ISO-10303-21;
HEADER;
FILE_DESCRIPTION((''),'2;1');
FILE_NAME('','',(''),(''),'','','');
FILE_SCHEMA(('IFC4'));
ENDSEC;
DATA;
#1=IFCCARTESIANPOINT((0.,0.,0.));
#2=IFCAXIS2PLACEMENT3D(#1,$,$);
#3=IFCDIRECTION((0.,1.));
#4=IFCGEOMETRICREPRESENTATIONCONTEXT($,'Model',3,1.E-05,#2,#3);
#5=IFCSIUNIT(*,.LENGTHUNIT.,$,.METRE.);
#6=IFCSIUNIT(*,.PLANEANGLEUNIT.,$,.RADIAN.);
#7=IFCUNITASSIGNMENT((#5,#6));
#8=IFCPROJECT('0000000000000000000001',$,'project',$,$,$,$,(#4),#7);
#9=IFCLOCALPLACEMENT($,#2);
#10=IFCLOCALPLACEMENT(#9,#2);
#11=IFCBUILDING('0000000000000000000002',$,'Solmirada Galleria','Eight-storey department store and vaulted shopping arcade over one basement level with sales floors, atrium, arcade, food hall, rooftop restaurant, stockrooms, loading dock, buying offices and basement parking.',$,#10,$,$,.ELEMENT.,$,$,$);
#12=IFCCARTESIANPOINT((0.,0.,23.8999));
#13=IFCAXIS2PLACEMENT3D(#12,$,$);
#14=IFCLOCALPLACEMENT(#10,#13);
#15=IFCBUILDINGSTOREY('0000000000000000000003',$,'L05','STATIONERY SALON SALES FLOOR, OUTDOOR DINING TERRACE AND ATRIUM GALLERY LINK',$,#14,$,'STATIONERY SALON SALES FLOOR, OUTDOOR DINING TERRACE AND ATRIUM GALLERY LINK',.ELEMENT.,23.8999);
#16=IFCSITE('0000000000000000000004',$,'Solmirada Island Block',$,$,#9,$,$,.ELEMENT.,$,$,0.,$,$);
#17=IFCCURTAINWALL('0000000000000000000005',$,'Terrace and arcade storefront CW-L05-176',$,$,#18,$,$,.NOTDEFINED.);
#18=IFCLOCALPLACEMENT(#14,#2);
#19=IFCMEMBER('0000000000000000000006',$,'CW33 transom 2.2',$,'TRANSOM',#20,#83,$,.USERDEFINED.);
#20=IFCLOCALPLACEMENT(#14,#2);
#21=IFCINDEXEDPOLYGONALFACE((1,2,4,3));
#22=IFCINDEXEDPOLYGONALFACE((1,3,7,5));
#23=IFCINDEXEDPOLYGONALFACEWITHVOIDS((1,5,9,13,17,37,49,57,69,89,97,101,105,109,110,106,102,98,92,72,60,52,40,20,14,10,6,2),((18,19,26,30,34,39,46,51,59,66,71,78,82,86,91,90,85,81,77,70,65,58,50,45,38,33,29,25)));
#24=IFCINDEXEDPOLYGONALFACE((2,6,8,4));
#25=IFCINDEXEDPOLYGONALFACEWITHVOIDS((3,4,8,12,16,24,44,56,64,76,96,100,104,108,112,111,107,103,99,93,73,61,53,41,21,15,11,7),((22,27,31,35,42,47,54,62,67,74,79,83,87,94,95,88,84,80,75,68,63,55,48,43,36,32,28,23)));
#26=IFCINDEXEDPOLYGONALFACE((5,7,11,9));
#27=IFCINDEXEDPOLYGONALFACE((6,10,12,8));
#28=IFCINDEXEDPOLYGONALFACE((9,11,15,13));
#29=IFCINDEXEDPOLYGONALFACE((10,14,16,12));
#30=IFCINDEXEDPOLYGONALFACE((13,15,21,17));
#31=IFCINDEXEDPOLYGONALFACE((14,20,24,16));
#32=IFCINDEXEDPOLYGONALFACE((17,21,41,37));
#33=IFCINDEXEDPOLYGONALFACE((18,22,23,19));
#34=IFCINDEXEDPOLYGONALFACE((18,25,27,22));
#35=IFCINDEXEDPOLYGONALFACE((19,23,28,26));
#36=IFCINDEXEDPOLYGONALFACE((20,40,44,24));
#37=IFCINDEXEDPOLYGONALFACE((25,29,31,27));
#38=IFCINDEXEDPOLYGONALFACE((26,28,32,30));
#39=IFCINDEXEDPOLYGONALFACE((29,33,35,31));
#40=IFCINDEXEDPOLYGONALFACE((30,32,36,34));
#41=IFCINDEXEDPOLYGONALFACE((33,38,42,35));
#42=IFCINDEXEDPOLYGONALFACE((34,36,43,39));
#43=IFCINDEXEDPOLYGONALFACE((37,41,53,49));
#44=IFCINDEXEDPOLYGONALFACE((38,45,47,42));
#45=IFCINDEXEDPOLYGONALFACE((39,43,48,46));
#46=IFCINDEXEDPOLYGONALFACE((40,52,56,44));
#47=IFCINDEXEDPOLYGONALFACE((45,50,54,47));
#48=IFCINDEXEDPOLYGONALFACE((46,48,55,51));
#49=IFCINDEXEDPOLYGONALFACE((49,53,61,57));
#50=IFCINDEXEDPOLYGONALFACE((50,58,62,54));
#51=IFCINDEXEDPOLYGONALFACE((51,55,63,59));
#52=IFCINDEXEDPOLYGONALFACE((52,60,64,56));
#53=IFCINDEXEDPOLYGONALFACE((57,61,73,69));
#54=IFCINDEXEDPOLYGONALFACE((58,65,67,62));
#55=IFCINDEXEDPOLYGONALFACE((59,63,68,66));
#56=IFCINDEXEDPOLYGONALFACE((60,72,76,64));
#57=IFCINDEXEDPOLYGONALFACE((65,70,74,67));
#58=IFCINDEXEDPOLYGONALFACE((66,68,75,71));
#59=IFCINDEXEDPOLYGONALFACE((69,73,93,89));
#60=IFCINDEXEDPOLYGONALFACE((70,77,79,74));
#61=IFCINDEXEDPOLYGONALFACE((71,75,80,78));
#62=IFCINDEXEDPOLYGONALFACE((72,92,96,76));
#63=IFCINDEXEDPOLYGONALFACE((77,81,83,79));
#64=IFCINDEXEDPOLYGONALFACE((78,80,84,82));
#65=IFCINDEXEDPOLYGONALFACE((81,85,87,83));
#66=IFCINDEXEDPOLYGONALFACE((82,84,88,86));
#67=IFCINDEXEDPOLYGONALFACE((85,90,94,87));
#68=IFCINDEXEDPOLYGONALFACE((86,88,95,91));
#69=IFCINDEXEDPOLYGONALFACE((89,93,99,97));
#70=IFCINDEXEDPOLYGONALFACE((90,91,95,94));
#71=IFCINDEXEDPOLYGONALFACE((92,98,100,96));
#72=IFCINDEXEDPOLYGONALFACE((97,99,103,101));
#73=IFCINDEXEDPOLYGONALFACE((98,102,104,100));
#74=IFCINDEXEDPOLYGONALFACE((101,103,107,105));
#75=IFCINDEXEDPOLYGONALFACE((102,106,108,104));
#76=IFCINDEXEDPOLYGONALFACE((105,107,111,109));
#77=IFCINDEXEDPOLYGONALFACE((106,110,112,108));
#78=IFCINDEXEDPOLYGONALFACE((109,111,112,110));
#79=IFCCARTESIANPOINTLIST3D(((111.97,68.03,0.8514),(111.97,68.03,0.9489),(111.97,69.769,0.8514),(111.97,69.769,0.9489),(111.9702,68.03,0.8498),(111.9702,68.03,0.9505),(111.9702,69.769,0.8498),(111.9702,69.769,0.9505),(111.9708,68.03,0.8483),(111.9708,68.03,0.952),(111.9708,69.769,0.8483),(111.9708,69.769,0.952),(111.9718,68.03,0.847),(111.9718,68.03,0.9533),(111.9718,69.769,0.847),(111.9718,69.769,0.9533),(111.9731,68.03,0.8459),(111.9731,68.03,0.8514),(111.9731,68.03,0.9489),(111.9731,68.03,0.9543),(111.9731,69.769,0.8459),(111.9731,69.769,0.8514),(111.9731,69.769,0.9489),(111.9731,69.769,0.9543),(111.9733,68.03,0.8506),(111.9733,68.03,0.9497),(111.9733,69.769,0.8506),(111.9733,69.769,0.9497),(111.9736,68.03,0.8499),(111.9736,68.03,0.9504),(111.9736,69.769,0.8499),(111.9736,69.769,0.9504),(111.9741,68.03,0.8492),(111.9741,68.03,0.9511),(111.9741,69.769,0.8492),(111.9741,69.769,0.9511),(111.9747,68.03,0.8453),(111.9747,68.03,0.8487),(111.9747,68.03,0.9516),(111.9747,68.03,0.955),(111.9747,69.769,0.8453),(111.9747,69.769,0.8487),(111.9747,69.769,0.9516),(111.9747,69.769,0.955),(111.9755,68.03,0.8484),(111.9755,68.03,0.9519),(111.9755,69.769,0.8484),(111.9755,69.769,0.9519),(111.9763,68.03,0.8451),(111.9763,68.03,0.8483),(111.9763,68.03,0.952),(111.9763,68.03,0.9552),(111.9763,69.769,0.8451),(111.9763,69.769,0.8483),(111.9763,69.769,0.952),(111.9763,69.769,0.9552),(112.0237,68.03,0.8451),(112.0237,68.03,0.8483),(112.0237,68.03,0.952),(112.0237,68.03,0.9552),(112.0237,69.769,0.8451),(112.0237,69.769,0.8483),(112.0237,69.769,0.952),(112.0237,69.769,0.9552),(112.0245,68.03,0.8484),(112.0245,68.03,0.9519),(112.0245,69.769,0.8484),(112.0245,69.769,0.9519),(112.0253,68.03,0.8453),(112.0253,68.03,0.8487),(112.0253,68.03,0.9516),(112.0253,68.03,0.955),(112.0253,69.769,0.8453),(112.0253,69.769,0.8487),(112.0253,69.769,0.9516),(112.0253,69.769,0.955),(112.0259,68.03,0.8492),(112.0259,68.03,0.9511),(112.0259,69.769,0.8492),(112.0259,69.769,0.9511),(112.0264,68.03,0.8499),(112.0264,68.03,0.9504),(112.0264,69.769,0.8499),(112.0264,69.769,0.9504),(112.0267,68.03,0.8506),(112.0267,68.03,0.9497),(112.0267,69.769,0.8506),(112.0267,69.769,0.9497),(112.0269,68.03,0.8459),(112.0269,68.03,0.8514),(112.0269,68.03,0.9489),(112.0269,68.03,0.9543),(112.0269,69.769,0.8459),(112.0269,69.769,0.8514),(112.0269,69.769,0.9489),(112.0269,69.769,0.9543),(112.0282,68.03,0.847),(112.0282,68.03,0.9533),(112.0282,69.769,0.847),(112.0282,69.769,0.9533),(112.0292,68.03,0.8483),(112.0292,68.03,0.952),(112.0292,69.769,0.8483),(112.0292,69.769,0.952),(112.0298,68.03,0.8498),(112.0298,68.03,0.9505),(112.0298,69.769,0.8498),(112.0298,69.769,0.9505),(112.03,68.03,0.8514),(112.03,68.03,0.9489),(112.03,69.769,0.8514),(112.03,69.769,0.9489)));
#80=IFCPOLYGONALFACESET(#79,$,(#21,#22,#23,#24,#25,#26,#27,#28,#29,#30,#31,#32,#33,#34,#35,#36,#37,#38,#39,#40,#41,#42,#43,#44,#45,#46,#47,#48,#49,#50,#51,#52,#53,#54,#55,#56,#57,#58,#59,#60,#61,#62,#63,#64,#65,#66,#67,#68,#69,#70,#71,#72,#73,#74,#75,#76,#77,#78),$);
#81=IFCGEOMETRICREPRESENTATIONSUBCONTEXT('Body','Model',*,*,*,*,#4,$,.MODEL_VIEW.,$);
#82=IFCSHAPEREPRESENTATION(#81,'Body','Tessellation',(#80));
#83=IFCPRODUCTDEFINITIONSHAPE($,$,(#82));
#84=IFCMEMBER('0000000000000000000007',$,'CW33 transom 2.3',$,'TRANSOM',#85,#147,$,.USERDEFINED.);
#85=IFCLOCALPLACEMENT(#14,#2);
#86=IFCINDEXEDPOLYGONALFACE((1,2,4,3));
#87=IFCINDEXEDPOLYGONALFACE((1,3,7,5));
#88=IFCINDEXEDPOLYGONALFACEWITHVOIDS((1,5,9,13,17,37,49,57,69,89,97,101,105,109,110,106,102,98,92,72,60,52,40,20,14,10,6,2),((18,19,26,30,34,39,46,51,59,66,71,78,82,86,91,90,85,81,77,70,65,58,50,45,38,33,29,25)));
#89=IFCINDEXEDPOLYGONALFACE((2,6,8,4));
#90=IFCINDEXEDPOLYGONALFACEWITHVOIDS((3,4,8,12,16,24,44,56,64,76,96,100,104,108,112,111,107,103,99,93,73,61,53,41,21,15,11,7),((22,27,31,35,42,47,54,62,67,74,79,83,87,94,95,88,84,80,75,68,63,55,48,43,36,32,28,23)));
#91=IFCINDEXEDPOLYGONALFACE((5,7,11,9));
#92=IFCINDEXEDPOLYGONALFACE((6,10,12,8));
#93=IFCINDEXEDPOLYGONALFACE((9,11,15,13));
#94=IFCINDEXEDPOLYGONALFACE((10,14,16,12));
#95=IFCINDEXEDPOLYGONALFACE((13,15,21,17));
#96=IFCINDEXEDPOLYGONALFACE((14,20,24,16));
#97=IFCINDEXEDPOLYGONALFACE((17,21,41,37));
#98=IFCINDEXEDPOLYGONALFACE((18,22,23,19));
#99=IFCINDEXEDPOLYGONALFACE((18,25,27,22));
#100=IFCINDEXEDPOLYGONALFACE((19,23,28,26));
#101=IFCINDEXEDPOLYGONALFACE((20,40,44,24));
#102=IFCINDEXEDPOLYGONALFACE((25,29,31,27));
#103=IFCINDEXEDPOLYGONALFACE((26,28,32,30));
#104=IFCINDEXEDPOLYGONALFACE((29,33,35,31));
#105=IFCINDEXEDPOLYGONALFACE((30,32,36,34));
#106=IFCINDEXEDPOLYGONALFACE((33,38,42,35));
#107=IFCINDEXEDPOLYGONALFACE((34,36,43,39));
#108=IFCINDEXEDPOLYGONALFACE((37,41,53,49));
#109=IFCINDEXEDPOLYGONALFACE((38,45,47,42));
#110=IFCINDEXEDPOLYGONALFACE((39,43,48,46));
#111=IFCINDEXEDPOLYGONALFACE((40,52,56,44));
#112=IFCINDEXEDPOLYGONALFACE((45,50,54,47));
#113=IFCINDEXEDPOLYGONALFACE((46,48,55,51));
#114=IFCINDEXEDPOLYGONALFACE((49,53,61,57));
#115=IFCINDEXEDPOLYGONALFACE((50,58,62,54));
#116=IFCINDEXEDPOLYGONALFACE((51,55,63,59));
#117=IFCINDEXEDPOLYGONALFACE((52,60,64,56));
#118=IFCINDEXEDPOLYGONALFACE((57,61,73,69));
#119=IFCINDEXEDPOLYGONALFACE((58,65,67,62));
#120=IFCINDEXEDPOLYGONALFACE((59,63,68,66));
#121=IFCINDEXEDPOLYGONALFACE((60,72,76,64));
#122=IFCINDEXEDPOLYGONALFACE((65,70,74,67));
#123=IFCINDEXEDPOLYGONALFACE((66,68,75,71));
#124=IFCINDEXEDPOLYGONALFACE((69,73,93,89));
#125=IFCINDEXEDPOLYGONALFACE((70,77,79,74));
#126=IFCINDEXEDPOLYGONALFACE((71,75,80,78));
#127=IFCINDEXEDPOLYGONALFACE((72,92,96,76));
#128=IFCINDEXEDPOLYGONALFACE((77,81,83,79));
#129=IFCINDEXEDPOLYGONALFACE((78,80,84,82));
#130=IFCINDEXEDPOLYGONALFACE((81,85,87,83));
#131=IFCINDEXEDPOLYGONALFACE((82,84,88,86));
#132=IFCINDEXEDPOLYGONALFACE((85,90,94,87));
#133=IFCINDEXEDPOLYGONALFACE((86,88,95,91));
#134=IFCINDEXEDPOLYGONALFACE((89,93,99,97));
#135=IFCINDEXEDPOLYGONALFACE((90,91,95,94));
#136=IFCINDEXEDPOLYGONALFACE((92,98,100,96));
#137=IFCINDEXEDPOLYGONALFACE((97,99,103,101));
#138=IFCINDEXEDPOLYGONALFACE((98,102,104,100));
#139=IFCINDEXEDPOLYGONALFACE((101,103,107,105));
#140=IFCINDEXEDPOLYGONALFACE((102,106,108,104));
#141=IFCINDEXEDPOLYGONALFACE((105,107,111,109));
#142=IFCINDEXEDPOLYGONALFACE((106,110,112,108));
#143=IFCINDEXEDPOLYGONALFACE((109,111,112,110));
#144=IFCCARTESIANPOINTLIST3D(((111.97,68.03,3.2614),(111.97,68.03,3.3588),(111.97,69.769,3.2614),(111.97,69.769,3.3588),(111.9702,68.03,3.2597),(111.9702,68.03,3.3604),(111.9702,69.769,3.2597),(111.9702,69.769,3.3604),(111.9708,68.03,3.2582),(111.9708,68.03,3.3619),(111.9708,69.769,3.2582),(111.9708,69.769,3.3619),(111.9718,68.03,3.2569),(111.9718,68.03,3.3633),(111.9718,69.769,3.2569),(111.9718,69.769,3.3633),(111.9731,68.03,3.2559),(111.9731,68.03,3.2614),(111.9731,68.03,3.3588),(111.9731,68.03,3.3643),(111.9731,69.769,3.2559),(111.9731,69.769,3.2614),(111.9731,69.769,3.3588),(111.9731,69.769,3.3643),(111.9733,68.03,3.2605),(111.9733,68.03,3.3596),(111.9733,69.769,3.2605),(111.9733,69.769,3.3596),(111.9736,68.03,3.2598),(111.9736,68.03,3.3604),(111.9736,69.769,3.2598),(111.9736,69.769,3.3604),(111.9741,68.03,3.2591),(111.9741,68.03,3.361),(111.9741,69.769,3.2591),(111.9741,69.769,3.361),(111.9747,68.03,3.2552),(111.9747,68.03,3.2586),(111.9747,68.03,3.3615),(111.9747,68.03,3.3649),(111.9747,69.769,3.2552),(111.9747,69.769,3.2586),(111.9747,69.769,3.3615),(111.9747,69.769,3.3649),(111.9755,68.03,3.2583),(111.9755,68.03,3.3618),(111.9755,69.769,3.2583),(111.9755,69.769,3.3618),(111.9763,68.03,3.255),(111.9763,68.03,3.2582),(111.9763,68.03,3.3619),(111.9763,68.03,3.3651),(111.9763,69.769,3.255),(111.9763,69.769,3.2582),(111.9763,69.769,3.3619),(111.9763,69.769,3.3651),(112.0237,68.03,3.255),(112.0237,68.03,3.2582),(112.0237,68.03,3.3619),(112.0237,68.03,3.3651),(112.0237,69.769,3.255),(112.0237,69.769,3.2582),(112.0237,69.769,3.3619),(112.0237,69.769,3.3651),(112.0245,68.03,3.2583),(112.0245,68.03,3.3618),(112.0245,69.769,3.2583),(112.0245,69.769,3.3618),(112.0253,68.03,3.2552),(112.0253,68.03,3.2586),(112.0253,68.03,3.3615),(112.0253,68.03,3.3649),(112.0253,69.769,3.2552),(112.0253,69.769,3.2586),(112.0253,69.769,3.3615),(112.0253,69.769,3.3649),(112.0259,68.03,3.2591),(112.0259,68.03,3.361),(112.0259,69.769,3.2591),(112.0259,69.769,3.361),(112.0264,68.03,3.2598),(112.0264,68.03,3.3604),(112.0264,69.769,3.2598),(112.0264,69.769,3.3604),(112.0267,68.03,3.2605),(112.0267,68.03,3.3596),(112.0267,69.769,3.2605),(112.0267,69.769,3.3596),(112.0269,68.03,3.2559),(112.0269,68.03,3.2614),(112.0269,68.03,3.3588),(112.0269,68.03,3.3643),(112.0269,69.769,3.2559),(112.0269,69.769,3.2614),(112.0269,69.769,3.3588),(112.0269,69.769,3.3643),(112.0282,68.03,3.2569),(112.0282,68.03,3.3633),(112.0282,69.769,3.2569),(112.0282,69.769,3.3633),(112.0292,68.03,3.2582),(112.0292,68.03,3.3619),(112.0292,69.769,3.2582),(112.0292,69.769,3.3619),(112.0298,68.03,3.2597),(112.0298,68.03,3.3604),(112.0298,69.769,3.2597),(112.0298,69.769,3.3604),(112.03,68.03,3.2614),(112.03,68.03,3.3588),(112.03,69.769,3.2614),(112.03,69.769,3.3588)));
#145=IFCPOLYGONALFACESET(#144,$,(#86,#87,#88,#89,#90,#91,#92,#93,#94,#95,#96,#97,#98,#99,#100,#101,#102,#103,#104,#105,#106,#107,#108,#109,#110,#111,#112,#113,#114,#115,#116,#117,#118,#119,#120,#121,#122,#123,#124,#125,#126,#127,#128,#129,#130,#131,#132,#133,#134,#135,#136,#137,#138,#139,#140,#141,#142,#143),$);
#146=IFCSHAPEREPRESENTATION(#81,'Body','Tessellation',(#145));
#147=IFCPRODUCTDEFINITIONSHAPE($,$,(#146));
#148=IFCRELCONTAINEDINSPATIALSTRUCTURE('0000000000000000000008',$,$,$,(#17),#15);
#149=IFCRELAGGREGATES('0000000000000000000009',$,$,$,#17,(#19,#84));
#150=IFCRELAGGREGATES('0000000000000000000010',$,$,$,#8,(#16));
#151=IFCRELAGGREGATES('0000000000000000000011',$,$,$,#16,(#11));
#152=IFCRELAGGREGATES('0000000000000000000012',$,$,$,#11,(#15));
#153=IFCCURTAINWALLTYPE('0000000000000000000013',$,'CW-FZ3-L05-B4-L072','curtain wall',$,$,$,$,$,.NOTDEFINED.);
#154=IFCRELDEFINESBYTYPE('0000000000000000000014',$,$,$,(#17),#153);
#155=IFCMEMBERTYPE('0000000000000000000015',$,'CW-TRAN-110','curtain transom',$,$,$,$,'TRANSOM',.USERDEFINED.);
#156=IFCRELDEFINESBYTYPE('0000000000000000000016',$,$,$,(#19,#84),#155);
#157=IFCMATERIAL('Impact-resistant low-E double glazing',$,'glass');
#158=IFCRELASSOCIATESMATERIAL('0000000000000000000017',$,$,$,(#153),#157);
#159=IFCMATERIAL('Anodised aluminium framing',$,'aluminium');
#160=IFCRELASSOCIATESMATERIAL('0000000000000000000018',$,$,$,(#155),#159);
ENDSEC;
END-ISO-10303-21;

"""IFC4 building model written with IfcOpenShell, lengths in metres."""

from ifc_helpers import new_model, si_unit, direction, frame, origin, origin_2d, place, context, subcontext, project, spatial, hollow_rectangle, extrude, material, material_profile, profile_set, type_object, element, aggregate, save


model = new_model("IFC4")

# Units and contexts
model_context = context("Model", 3, precision=1e-05, world=origin(), true_north=direction((0.0, 1.0)))
body_context = subcontext(model_context, "Body", "Model", "MODEL_VIEW")
ifc_project = project(units=[si_unit("LENGTHUNIT", "METRE"), si_unit("PLANEANGLEUNIT", "RADIAN")], contexts=[model_context])

# Site, building, storey
site_placement = place(None, origin())
site = spatial("IfcSite", under=ifc_project, at=site_placement, Name="Solmirada Island Block", CompositionType="ELEMENT", RefElevation=0.0)
building_placement = place(site_placement, origin())
building = spatial("IfcBuilding", under=site, at=building_placement, Name="Solmirada Galleria", Description="Eight-storey department store and vaulted shopping arcade over one basement level with sales floors, atrium, arcade, food hall, rooftop restaurant, stockrooms, loading dock, buying offices and basement parking.", CompositionType="ELEMENT")
storey_placement = place(building_placement, frame((0.0, 0.0, 23.8999)))
storey = spatial("IfcBuildingStorey", under=building, at=storey_placement, Name="L05", Description="STATIONERY SALON SALES FLOOR, OUTDOOR DINING TERRACE AND ATRIUM GALLERY LINK", LongName="STATIONERY SALON SALES FLOOR, OUTDOOR DINING TERRACE AND ATRIUM GALLERY LINK", CompositionType="ELEMENT", Elevation=23.8999)

# Shared definitions
ifc_material_1 = material(Name="Impact-resistant low-E double glazing", Category="glass")
curtain_wall_type = type_object("IfcCurtainWallType", Name="CW-FZ3-L05-B4-L072", Description="curtain wall", PredefinedType="NOTDEFINED", material=ifc_material_1)
ifc_material_2 = material(Name="Anodised aluminium framing", Category="aluminium")

# Curtain wall
curtain_wall_1_placement = place(storey_placement, origin())
curtain_wall_1 = element("IfcCurtainWall", 1, at=curtain_wall_1_placement, inside=storey, type_object=curtain_wall_type, Name="Terrace and arcade storefront CW-L05-176", PredefinedType="NOTDEFINED")

# Members
ifc_material_profile_1 = material_profile(ifc_material_2, hollow_rectangle(XDim=0.0601, YDim=0.1101, WallThickness=0.0032, InnerFilletRadius=0.0032, OuterFilletRadius=0.0063, at=origin_2d()), Name="ALU-TRAN-110X60")
ifc_profile_set_1 = profile_set([ifc_material_profile_1], Name="Anodised aluminium framing")
member_type_1 = type_object("IfcMemberType", Name="CW-TRAN-110", Description="curtain transom", ElementType="TRANSOM", PredefinedType="USERDEFINED", material=ifc_profile_set_1)
member_1_placement = place(storey_placement, frame((112.0, 69.769, 0.9001), z_axis=(0.0, -1.0, 0.0), x_axis=(1.0, 0.0, 0.0)))
member_1 = element("IfcMember", 2, at=member_1_placement, type_object=member_type_1, Name="CW33 transom 2.2", ObjectType="TRANSOM", PredefinedType="USERDEFINED", context=body_context, shape_type="SweptSolid", body=[
    extrude(hollow_rectangle(XDim=0.0601, YDim=0.1101, WallThickness=0.0032, InnerFilletRadius=0.0032, OuterFilletRadius=0.0063, at=origin_2d()), origin(), (0.0, 0.0, 1.0), 1.739),
])
member_2_placement = place(storey_placement, frame((112.0, 69.769, 3.3101), z_axis=(0.0, -1.0, 0.0), x_axis=(1.0, 0.0, 0.0)))
member_2 = element("IfcMember", 3, at=member_2_placement, type_object=member_type_1, Name="CW33 transom 2.3", ObjectType="TRANSOM", PredefinedType="USERDEFINED", context=body_context, shape_type="SweptSolid", body=[
    extrude(hollow_rectangle(XDim=0.0601, YDim=0.1101, WallThickness=0.0032, InnerFilletRadius=0.0032, OuterFilletRadius=0.0063, at=origin_2d()), origin(), (0.0, 0.0, 1.0), 1.739),
])

aggregate(curtain_wall_1, [member_1, member_2])

save(model, "model.ifc")
